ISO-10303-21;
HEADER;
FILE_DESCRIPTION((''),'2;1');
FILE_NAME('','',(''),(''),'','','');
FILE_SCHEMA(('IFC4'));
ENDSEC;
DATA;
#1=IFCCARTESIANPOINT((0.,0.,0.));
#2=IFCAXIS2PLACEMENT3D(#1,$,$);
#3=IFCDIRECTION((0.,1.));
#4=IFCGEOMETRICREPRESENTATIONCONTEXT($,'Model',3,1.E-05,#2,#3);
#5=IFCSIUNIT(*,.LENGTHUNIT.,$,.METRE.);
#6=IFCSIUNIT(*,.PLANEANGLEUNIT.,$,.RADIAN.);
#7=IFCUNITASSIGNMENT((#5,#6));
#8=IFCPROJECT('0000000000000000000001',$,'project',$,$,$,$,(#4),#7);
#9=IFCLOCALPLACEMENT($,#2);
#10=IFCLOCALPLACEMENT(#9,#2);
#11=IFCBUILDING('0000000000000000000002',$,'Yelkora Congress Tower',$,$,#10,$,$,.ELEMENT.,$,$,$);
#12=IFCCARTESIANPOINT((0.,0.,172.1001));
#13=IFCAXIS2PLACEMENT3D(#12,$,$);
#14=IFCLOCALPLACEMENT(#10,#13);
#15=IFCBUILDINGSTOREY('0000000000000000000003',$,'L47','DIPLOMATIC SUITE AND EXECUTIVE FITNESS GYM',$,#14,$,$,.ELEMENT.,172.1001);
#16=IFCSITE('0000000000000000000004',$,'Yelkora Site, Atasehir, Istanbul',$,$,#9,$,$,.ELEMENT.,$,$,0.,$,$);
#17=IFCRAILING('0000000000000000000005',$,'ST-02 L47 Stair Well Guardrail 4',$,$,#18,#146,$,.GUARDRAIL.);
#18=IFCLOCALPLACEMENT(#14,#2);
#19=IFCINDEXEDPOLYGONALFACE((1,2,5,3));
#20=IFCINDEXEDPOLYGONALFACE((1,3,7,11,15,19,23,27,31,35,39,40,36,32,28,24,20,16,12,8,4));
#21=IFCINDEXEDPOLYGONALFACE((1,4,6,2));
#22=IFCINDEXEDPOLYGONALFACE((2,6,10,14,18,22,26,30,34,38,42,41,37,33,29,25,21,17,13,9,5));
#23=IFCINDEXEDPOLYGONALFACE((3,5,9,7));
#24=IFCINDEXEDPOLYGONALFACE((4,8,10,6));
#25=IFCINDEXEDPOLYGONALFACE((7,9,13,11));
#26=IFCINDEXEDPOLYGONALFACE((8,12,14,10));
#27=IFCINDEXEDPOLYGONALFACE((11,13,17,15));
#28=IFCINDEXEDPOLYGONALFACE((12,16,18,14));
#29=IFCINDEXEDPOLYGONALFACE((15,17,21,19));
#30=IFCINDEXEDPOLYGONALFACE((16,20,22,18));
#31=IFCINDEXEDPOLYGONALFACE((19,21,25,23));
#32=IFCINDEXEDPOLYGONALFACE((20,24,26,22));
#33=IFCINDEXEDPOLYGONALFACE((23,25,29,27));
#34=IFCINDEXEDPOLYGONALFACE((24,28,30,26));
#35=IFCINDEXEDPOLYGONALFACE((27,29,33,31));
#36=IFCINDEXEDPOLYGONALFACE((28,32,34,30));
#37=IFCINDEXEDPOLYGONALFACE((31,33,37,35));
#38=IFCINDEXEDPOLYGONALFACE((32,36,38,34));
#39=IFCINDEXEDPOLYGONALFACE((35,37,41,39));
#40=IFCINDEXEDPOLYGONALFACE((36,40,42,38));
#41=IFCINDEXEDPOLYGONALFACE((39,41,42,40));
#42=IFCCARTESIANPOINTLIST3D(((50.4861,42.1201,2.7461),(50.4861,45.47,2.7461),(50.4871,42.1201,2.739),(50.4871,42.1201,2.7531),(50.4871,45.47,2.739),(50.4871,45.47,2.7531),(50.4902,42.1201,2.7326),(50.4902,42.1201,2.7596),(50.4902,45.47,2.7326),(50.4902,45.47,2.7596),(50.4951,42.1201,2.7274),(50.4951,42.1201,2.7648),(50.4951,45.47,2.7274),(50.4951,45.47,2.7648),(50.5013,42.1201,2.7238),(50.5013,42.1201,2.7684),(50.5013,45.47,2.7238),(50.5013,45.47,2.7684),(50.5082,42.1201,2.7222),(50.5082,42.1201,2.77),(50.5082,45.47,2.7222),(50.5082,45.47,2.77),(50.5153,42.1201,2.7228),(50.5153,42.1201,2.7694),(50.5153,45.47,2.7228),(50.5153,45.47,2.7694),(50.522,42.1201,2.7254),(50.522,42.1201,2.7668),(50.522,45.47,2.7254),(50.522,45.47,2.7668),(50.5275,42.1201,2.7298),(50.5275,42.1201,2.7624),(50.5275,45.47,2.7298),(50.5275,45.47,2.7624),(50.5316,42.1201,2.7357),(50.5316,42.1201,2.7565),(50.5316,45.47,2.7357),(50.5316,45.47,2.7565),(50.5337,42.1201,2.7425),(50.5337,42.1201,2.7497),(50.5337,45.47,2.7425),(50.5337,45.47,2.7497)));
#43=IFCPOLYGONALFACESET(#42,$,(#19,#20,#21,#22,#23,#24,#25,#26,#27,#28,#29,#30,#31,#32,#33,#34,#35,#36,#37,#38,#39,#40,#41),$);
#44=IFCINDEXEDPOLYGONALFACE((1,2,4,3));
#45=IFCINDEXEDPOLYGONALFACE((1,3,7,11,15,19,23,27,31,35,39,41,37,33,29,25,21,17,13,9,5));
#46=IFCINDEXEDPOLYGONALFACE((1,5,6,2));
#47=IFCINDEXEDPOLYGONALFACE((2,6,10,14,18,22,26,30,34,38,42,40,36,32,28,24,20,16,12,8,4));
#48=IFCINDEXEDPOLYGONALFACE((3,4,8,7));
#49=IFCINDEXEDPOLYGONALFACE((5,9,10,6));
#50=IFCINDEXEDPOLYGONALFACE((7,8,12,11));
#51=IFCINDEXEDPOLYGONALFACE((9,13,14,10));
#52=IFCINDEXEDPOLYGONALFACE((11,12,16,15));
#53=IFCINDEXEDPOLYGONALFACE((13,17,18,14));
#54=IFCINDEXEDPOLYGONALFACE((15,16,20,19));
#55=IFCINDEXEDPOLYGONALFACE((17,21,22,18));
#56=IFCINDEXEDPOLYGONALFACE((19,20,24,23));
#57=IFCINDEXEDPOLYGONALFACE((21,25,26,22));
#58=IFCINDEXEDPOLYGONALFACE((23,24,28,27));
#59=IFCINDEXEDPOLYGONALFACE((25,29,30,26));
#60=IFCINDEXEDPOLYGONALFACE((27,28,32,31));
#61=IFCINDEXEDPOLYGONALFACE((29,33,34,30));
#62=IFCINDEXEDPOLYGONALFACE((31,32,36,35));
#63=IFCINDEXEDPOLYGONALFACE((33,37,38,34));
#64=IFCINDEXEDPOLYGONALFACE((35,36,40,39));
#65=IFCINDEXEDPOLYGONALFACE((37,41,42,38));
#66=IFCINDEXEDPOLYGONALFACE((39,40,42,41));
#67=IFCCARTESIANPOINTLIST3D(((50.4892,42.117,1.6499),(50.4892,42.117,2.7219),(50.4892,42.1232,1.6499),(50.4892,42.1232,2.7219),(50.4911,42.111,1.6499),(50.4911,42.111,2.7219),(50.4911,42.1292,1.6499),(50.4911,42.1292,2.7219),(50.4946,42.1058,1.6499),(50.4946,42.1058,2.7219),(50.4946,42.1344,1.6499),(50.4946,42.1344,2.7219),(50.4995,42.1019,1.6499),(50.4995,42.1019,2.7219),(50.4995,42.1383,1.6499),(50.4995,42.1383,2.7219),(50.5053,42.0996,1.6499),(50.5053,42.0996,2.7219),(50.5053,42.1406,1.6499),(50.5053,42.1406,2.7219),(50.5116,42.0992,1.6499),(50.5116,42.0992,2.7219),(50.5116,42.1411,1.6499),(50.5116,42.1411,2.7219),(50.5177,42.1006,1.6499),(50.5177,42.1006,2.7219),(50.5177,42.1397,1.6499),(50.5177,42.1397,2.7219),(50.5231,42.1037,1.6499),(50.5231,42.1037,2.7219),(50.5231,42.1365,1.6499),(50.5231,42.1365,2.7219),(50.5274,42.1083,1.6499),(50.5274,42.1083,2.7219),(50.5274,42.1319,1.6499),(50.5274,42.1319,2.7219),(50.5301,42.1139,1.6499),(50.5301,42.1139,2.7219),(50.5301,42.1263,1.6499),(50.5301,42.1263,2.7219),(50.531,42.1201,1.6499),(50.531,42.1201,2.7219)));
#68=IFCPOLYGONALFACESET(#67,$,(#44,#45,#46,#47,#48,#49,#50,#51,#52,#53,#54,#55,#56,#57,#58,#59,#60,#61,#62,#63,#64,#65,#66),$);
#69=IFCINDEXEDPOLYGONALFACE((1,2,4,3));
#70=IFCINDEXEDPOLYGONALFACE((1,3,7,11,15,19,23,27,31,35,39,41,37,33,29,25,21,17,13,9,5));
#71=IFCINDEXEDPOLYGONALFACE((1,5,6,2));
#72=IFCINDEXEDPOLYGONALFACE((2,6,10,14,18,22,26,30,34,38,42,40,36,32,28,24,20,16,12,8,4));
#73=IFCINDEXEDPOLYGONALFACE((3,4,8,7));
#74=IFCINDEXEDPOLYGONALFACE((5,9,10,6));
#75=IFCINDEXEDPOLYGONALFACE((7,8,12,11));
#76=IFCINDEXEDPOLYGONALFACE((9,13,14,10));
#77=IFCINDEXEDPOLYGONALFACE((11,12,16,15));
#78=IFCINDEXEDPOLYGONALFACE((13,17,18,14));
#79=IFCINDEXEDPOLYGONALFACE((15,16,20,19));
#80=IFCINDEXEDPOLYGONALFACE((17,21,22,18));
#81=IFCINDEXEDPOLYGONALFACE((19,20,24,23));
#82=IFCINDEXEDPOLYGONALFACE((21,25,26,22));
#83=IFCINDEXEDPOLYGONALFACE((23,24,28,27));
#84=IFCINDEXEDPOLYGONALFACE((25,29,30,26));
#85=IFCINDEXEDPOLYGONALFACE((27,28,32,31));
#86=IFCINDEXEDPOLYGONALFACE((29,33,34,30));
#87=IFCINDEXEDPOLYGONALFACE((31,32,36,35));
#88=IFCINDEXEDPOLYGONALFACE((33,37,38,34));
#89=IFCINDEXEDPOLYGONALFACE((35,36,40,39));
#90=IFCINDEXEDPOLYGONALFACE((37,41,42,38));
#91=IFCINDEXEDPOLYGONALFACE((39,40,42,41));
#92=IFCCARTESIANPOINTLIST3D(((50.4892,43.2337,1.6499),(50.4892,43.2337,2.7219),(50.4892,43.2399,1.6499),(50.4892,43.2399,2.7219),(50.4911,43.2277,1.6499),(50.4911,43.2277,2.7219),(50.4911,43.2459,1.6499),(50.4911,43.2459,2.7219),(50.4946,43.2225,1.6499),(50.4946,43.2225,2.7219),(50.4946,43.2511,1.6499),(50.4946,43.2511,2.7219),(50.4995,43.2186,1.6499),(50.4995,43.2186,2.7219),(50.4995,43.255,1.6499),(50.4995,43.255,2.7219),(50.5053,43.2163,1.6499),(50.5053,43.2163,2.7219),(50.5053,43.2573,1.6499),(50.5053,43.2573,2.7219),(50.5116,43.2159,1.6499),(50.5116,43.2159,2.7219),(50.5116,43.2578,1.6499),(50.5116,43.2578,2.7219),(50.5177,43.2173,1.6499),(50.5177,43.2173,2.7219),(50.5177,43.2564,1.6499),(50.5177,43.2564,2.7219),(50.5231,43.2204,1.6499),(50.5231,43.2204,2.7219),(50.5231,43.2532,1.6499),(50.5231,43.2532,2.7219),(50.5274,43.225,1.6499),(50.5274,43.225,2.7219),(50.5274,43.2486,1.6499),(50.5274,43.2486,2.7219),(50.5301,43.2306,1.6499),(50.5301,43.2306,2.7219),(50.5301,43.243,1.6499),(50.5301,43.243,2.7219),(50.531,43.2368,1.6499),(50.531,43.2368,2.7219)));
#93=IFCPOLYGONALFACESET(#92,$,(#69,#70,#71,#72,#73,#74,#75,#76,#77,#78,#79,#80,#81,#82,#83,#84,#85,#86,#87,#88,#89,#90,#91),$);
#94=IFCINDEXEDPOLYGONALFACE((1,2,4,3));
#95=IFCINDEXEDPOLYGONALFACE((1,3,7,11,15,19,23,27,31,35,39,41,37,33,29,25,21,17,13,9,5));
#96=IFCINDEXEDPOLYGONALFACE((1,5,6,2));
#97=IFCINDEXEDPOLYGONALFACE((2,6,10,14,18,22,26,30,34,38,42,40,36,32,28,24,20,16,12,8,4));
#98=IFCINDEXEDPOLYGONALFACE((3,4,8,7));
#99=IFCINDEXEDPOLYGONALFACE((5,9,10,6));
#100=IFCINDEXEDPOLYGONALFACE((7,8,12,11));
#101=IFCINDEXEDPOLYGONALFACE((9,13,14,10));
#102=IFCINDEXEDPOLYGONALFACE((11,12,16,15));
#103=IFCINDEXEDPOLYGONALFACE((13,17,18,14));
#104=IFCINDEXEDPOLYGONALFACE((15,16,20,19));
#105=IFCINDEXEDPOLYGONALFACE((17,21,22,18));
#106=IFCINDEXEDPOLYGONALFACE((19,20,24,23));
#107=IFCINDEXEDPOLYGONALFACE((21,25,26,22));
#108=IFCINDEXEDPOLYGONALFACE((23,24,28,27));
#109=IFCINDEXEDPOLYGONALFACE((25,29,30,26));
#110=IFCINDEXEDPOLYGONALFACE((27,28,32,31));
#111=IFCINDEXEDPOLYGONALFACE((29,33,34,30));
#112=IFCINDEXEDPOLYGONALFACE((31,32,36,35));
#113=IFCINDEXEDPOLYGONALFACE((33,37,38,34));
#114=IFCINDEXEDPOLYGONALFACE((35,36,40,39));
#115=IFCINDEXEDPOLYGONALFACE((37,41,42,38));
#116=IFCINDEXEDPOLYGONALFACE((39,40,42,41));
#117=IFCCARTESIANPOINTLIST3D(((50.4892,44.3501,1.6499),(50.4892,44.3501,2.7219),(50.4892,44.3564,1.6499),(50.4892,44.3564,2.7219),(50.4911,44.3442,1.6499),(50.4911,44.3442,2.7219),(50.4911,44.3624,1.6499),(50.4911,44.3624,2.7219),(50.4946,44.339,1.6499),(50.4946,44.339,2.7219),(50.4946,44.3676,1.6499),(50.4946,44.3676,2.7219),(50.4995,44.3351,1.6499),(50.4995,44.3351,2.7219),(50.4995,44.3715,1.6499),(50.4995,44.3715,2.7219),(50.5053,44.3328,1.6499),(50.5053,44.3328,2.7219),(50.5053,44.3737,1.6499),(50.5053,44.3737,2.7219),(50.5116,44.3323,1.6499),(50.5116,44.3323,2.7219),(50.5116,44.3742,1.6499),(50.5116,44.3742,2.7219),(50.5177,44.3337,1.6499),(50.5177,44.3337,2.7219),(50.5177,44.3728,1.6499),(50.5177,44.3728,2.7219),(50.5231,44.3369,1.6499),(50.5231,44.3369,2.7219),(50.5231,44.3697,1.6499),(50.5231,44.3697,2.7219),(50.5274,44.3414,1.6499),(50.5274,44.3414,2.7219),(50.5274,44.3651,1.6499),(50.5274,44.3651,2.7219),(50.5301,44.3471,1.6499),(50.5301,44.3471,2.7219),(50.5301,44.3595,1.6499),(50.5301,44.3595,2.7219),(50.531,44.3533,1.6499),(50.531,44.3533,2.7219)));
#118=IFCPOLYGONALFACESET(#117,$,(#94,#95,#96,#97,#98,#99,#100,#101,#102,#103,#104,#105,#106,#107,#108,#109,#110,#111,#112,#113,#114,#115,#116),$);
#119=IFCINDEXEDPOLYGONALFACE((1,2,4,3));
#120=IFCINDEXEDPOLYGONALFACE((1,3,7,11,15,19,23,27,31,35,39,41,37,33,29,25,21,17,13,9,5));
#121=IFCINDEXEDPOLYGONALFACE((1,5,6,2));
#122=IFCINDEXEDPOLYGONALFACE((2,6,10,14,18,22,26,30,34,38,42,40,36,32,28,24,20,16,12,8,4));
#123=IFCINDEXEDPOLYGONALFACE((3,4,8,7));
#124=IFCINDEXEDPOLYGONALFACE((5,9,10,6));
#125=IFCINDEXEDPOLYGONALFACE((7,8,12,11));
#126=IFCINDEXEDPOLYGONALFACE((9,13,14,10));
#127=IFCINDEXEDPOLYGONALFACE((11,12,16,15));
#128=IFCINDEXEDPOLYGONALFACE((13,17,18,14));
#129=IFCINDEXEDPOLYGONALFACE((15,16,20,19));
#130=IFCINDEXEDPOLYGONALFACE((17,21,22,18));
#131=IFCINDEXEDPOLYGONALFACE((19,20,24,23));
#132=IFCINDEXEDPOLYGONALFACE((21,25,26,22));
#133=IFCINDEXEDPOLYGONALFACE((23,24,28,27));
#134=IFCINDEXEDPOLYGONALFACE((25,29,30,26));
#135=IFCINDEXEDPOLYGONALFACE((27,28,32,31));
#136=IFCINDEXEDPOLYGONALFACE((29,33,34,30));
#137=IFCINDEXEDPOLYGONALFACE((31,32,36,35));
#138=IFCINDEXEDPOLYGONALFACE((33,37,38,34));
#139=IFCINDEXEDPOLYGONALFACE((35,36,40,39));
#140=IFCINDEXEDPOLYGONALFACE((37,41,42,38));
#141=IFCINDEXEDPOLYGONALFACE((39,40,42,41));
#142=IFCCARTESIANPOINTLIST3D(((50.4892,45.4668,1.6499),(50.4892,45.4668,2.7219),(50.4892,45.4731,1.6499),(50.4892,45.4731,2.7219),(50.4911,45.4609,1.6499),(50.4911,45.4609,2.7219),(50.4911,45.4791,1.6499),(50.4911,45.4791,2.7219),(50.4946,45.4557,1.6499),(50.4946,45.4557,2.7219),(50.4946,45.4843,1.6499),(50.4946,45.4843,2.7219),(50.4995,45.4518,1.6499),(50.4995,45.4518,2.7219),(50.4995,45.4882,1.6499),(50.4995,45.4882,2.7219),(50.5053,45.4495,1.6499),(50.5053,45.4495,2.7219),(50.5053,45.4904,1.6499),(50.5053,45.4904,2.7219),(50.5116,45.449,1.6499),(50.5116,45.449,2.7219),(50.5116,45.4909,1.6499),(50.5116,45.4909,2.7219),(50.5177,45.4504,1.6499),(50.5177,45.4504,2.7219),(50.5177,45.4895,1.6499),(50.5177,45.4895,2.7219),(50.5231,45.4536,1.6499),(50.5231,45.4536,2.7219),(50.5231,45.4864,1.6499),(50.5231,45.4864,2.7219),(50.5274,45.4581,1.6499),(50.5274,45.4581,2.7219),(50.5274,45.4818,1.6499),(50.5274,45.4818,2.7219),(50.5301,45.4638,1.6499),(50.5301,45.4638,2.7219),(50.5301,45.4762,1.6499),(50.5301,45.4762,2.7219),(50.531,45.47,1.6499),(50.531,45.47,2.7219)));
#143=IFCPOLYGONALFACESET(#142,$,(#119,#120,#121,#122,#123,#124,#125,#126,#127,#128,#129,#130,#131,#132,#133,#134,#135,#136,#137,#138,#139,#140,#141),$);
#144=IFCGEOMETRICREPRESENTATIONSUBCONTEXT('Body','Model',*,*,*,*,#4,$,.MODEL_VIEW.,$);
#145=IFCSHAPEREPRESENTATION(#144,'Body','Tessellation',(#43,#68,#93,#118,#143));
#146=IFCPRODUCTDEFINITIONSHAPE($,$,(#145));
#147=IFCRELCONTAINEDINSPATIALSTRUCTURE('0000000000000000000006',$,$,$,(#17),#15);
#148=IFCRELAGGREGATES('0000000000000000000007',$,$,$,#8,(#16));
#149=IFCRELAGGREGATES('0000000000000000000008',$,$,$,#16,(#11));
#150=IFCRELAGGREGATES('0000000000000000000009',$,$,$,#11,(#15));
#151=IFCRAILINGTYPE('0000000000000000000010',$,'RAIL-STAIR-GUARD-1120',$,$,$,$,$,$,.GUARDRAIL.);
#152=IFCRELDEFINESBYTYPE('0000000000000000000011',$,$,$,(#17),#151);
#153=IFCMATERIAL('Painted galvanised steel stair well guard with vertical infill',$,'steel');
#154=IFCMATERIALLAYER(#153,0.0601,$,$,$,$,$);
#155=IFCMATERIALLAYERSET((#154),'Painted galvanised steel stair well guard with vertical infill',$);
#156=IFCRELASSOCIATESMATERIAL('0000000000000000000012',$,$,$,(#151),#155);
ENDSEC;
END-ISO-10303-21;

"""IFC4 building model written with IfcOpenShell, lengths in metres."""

from ifc_helpers import new_model, si_unit, direction, frame, origin, origin_2d, place, context, subcontext, project, spatial, circle, extrude, material, layer, layer_set, type_object, element, save


model = new_model("IFC4")

# Units and contexts
model_context = context("Model", 3, precision=1e-05, world=origin(), true_north=direction((0.0, 1.0)))
body_context = subcontext(model_context, "Body", "Model", "MODEL_VIEW")
ifc_project = project(units=[si_unit("LENGTHUNIT", "METRE"), si_unit("PLANEANGLEUNIT", "RADIAN")], contexts=[model_context])

# Site, building, storey
site_placement = place(None, origin())
site = spatial("IfcSite", under=ifc_project, at=site_placement, Name="Yelkora Site, Atasehir, Istanbul", CompositionType="ELEMENT", RefElevation=0.0)
building_placement = place(site_placement, origin())
building = spatial("IfcBuilding", under=site, at=building_placement, Name="Yelkora Congress Tower", CompositionType="ELEMENT")
storey_placement = place(building_placement, frame((0.0, 0.0, 172.1001)))
storey = spatial("IfcBuildingStorey", under=building, at=storey_placement, Name="L47", Description="DIPLOMATIC SUITE AND EXECUTIVE FITNESS GYM", CompositionType="ELEMENT", Elevation=172.1001)

# Railing
ifc_material_1 = material(Name="Painted galvanised steel stair well guard with vertical infill", Category="steel")
ifc_layer_1 = layer(ifc_material_1, 0.0601)
ifc_layer_set_1 = layer_set([ifc_layer_1], Name="Painted galvanised steel stair well guard with vertical infill")
railing_type_1 = type_object("IfcRailingType", Name="RAIL-STAIR-GUARD-1120", PredefinedType="GUARDRAIL", material=ifc_layer_set_1)
railing_1_placement = place(storey_placement, frame((50.51, 42.1201, 1.6499)))
element("IfcRailing", 1, at=railing_1_placement, inside=storey, type_object=railing_type_1, Name="ST-02 L47 Stair Well Guardrail 4", PredefinedType="GUARDRAIL", context=body_context, shape_type="SweptSolid", body=[
    extrude(circle(Radius=0.0239, at=origin_2d()), frame((0.0, 0.0, 1.0962), z_axis=(0.0, 1.0, 0.0), x_axis=(-1.0, 0.0, 0.0)), (0.0, 0.0, 1.0), 3.3499),
    extrude(circle(Radius=0.021, at=origin_2d()), origin(), (0.0, 0.0, 1.0), 1.072),
    extrude(circle(Radius=0.021, at=origin_2d()), frame((0.0, 1.1167, 0.0)), (0.0, 0.0, 1.0), 1.072),
    extrude(circle(Radius=0.021, at=origin_2d()), frame((0.0, 2.2332, 0.0)), (0.0, 0.0, 1.0), 1.072),
    extrude(circle(Radius=0.021, at=origin_2d()), frame((0.0, 3.3499, 0.0)), (0.0, 0.0, 1.0), 1.072),
])

save(model, "model.ifc")
